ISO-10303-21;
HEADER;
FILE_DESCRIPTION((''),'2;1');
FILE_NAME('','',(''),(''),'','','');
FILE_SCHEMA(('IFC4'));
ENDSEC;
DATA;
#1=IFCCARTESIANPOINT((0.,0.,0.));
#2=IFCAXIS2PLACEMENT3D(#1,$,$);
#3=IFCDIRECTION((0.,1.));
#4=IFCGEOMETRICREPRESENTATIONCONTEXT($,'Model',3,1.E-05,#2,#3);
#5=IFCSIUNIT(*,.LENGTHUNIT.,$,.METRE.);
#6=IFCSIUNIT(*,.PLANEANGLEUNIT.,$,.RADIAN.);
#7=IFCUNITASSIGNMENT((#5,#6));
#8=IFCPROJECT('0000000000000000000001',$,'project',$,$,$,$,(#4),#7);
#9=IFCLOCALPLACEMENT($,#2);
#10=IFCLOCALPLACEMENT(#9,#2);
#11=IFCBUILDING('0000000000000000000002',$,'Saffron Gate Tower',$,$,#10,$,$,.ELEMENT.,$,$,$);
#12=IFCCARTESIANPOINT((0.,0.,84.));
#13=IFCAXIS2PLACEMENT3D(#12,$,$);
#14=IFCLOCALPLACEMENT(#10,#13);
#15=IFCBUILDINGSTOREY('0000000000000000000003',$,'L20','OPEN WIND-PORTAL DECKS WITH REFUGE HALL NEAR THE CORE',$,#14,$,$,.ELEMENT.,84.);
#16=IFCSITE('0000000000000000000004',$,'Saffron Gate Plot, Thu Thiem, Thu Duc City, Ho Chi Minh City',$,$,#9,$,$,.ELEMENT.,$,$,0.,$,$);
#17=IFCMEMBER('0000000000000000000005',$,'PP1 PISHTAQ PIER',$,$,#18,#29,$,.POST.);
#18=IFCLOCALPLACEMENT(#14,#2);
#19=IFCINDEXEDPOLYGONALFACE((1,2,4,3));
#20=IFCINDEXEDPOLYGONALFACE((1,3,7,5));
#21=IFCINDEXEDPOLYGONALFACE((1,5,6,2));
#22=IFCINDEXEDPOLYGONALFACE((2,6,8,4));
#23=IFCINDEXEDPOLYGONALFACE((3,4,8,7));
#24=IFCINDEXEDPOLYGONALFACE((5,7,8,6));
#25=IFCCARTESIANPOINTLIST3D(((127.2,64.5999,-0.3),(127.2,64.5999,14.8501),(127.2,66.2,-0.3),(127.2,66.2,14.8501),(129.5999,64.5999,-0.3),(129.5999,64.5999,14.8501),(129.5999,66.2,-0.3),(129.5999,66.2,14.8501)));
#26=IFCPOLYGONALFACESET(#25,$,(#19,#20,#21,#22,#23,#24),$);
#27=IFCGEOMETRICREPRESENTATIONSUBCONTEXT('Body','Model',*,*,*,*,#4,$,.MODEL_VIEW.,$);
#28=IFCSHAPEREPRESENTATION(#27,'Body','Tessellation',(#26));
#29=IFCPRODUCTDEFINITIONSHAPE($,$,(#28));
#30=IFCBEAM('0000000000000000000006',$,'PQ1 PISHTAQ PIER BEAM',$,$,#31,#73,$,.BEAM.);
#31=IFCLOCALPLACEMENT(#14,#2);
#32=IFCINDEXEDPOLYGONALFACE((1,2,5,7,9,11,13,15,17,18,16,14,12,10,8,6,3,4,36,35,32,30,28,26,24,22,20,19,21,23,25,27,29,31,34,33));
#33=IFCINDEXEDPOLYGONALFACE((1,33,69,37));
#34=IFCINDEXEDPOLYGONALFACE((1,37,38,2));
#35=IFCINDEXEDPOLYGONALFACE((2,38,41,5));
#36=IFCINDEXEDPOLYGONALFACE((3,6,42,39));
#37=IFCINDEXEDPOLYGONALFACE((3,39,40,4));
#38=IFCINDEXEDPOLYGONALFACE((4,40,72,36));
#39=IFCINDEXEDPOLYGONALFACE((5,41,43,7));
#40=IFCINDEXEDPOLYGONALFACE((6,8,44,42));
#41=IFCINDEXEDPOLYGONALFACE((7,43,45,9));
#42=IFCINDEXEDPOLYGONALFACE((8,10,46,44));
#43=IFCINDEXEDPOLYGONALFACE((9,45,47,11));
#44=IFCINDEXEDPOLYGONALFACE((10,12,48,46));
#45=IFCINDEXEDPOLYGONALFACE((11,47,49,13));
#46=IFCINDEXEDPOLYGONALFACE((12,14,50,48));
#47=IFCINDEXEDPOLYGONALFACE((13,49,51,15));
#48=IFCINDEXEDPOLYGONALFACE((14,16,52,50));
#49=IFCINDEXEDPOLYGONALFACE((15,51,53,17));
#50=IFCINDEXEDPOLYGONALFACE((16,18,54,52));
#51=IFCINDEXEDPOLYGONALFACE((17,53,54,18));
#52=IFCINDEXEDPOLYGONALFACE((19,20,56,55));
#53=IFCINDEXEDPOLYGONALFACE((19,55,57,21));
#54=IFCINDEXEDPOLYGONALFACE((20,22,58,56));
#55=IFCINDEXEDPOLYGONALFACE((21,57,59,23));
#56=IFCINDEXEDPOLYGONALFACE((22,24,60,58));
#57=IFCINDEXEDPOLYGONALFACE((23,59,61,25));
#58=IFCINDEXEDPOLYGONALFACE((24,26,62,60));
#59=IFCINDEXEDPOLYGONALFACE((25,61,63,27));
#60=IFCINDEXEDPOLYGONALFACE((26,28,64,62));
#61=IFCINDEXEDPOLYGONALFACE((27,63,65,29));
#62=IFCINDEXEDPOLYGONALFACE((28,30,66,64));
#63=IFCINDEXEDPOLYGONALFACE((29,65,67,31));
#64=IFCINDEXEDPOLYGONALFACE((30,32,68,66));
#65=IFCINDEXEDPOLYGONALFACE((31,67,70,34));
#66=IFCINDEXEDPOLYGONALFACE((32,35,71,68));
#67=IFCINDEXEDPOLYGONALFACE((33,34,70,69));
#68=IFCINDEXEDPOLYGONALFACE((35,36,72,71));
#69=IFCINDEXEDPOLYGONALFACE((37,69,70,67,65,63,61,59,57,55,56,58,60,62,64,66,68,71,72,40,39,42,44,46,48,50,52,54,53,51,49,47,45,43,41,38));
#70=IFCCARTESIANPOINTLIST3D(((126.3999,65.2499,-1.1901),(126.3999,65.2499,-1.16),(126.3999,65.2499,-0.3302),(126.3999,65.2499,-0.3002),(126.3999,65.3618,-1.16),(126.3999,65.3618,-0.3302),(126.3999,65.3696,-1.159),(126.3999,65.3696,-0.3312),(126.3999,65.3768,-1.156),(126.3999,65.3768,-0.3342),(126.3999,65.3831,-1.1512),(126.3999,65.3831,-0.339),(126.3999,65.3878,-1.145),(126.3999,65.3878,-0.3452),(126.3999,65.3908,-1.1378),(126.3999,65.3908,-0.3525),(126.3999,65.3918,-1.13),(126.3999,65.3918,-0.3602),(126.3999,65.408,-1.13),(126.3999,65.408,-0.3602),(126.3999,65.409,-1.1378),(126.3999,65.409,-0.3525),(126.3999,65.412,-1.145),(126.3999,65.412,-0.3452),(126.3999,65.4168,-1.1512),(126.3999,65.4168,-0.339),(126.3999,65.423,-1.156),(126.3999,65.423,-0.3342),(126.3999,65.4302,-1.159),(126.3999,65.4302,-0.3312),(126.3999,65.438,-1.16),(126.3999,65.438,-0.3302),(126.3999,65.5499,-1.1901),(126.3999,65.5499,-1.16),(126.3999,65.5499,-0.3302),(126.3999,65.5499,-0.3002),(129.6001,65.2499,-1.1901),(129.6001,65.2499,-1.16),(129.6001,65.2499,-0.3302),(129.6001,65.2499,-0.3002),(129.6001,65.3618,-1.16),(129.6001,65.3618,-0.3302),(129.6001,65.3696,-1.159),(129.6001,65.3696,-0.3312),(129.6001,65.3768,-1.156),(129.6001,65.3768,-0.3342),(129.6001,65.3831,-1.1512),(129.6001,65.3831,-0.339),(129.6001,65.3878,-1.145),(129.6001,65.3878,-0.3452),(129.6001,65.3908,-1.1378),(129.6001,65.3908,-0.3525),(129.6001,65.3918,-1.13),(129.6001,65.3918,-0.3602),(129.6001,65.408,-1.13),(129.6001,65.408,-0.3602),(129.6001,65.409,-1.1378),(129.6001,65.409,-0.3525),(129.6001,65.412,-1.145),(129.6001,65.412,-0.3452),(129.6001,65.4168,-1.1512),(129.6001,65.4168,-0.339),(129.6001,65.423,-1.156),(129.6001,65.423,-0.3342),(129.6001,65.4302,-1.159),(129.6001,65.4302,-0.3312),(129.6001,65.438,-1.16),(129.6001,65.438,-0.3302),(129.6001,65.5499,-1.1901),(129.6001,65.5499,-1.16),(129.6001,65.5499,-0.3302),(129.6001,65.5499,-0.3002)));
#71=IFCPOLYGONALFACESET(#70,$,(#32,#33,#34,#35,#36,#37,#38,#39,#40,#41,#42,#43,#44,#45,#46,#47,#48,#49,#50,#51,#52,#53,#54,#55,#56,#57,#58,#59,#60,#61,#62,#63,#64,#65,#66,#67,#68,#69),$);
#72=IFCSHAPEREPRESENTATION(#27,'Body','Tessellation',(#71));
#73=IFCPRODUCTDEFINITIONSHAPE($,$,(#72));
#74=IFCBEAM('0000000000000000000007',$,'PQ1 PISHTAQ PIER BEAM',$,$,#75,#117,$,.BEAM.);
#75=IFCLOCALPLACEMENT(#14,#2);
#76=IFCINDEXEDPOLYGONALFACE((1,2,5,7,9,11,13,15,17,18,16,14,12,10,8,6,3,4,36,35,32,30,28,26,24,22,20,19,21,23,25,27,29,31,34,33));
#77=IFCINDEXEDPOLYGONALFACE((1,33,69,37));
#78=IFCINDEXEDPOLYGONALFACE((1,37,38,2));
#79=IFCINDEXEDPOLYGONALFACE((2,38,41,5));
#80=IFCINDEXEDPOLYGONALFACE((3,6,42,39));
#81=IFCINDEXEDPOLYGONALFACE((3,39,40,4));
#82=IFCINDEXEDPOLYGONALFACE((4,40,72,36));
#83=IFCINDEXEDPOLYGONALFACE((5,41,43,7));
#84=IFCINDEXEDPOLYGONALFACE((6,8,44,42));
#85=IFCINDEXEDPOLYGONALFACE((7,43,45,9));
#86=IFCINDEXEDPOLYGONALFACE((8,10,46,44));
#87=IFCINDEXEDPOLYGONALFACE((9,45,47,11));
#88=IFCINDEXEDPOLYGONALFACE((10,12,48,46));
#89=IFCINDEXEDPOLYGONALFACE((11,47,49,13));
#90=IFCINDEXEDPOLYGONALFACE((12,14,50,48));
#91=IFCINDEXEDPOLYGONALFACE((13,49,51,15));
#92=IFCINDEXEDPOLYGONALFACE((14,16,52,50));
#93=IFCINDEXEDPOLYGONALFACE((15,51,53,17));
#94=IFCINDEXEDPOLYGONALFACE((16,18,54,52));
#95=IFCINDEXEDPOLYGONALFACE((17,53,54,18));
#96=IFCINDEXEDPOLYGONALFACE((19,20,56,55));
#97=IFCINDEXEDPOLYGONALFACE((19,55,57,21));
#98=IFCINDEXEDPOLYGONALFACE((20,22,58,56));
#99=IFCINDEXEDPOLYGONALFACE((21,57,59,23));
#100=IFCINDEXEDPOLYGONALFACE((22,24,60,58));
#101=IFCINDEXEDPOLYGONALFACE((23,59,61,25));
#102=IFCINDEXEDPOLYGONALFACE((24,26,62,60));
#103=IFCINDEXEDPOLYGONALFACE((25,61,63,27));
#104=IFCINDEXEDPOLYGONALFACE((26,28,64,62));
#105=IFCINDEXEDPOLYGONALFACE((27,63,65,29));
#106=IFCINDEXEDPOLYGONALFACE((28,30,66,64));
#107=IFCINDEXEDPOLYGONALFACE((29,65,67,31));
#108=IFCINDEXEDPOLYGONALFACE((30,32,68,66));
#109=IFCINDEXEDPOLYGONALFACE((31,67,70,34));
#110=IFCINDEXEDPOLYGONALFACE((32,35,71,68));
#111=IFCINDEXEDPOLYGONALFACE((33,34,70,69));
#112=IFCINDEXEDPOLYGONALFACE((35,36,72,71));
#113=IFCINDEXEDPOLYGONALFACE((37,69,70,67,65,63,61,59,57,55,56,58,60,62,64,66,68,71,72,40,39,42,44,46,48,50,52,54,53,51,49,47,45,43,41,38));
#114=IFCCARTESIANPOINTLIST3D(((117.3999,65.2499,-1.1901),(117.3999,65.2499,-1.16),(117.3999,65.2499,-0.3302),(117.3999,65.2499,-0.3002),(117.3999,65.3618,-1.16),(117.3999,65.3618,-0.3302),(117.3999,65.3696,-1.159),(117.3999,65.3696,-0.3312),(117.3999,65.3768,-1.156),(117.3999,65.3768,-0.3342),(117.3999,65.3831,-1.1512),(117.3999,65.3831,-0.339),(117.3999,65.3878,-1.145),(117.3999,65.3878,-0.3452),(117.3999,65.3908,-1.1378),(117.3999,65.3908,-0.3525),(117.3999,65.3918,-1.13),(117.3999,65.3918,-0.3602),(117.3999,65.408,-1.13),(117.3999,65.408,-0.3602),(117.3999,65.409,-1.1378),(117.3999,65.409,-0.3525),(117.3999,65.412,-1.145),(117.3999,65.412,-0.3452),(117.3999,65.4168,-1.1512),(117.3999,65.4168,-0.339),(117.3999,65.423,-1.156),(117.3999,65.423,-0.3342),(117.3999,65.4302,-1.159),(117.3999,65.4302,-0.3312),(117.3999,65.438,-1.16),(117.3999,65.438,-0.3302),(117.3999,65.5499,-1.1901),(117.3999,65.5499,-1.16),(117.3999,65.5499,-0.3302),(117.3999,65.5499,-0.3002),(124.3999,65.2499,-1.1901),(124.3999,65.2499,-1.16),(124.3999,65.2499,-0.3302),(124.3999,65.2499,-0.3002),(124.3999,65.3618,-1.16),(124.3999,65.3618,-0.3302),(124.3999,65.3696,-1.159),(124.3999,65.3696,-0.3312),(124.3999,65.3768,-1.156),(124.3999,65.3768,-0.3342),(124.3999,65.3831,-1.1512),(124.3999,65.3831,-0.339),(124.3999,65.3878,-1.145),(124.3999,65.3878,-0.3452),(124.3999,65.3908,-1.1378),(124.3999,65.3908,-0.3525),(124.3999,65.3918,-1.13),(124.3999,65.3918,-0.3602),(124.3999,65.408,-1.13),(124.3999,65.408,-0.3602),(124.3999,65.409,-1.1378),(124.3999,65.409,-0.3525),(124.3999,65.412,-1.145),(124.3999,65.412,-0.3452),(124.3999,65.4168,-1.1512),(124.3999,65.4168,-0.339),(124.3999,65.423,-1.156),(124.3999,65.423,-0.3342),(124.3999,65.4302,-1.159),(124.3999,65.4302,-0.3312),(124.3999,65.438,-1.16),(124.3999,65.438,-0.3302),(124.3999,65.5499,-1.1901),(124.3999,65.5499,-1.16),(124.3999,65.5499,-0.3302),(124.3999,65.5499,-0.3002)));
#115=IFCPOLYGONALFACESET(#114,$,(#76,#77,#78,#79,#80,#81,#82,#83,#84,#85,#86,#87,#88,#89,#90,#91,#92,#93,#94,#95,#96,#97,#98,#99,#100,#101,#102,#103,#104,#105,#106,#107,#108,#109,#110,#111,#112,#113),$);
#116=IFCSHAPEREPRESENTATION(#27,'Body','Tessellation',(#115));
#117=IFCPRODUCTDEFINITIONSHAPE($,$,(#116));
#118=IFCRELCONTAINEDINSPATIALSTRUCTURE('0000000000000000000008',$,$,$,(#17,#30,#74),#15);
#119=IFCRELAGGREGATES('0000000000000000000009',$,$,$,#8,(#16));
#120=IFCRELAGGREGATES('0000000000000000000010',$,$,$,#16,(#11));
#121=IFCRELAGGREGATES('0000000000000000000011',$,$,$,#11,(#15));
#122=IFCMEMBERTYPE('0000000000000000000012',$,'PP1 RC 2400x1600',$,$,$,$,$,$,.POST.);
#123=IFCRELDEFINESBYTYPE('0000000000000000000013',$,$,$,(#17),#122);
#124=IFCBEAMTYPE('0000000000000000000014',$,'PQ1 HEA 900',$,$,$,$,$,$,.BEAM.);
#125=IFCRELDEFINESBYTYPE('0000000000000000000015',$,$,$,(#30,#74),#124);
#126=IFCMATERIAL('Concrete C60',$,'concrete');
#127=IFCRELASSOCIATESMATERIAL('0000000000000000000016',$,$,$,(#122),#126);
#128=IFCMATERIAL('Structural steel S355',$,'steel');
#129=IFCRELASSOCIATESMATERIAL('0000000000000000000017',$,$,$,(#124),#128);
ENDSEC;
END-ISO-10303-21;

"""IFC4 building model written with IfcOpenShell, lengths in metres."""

from ifc_helpers import new_model, si_unit, direction, frame, origin, origin_2d, place, context, subcontext, project, spatial, rectangle, i_section, extrude, material, material_profile, profile_set, type_object, element, save


model = new_model("IFC4")

# Units and contexts
model_context = context("Model", 3, precision=1e-05, world=origin(), true_north=direction((0.0, 1.0)))
body_context = subcontext(model_context, "Body", "Model", "MODEL_VIEW")
ifc_project = project(units=[si_unit("LENGTHUNIT", "METRE"), si_unit("PLANEANGLEUNIT", "RADIAN")], contexts=[model_context])

# Site, building, storey
site_placement = place(None, origin())
site = spatial("IfcSite", under=ifc_project, at=site_placement, Name="Saffron Gate Plot, Thu Thiem, Thu Duc City, Ho Chi Minh City", CompositionType="ELEMENT", RefElevation=0.0)
building_placement = place(site_placement, origin())
building = spatial("IfcBuilding", under=site, at=building_placement, Name="Saffron Gate Tower", CompositionType="ELEMENT")
storey_placement = place(building_placement, frame((0.0, 0.0, 84.0)))
storey = spatial("IfcBuildingStorey", under=building, at=storey_placement, Name="L20", Description="OPEN WIND-PORTAL DECKS WITH REFUGE HALL NEAR THE CORE", CompositionType="ELEMENT", Elevation=84.0)

# Shared definitions
ifc_material_1 = material(Name="Concrete C60", Category="concrete")

# Shared definitions
ifc_material_2 = material(Name="Structural steel S355", Category="steel")

# Member
ifc_material_profile_1 = material_profile(ifc_material_1, rectangle(XDim=2.3999, YDim=1.6001, at=origin_2d()))
ifc_profile_set_1 = profile_set([ifc_material_profile_1], Name="Concrete C60")
member_type_1 = type_object("IfcMemberType", Name="PP1 RC 2400x1600", PredefinedType="POST", material=ifc_profile_set_1)
member_1_placement = place(storey_placement, frame((128.3999, 65.3999, -0.3), z_axis=(0.0, 0.0, 1.0), x_axis=(1.0, 0.0, 0.0)))
element("IfcMember", 1, at=member_1_placement, inside=storey, type_object=member_type_1, Name="PP1 PISHTAQ PIER", PredefinedType="POST", context=body_context, shape_type="SweptSolid", body=[
    extrude(rectangle(XDim=2.3999, YDim=1.6001, at=origin_2d()), origin(), (0.0, 0.0, 1.0), 15.1501),
])

# Beams
ifc_material_profile_2 = material_profile(ifc_material_2, i_section(OverallWidth=0.3, OverallDepth=0.8899, WebThickness=0.0161, FlangeThickness=0.03, FilletRadius=0.03, at=origin_2d()))
ifc_profile_set_2 = profile_set([ifc_material_profile_2], Name="Structural steel S355")
beam_type_1 = type_object("IfcBeamType", Name="PQ1 HEA 900", PredefinedType="BEAM", material=ifc_profile_set_2)
beam_1_placement = place(storey_placement, frame((129.6001, 65.3999, -0.7451), z_axis=(-1.0, 0.0, 0.0), x_axis=(0.0, -1.0, 0.0)))
element("IfcBeam", 2, at=beam_1_placement, inside=storey, type_object=beam_type_1, Name="PQ1 PISHTAQ PIER BEAM", PredefinedType="BEAM", context=body_context, shape_type="SweptSolid", body=[
    extrude(i_section(OverallWidth=0.3, OverallDepth=0.8899, WebThickness=0.0161, FlangeThickness=0.03, FilletRadius=0.03, at=origin_2d()), origin(), (0.0, 0.0, 1.0), 3.2002),
])
beam_2_placement = place(storey_placement, frame((124.3999, 65.3999, -0.7451), z_axis=(-1.0, 0.0, 0.0), x_axis=(0.0, -1.0, 0.0)))
element("IfcBeam", 3, at=beam_2_placement, inside=storey, type_object=beam_type_1, Name="PQ1 PISHTAQ PIER BEAM", PredefinedType="BEAM", context=body_context, shape_type="SweptSolid", body=[
    extrude(i_section(OverallWidth=0.3, OverallDepth=0.8899, WebThickness=0.0161, FlangeThickness=0.03, FilletRadius=0.03, at=origin_2d()), origin(), (0.0, 0.0, 1.0), 7.0),
])

save(model, "model.ifc")
